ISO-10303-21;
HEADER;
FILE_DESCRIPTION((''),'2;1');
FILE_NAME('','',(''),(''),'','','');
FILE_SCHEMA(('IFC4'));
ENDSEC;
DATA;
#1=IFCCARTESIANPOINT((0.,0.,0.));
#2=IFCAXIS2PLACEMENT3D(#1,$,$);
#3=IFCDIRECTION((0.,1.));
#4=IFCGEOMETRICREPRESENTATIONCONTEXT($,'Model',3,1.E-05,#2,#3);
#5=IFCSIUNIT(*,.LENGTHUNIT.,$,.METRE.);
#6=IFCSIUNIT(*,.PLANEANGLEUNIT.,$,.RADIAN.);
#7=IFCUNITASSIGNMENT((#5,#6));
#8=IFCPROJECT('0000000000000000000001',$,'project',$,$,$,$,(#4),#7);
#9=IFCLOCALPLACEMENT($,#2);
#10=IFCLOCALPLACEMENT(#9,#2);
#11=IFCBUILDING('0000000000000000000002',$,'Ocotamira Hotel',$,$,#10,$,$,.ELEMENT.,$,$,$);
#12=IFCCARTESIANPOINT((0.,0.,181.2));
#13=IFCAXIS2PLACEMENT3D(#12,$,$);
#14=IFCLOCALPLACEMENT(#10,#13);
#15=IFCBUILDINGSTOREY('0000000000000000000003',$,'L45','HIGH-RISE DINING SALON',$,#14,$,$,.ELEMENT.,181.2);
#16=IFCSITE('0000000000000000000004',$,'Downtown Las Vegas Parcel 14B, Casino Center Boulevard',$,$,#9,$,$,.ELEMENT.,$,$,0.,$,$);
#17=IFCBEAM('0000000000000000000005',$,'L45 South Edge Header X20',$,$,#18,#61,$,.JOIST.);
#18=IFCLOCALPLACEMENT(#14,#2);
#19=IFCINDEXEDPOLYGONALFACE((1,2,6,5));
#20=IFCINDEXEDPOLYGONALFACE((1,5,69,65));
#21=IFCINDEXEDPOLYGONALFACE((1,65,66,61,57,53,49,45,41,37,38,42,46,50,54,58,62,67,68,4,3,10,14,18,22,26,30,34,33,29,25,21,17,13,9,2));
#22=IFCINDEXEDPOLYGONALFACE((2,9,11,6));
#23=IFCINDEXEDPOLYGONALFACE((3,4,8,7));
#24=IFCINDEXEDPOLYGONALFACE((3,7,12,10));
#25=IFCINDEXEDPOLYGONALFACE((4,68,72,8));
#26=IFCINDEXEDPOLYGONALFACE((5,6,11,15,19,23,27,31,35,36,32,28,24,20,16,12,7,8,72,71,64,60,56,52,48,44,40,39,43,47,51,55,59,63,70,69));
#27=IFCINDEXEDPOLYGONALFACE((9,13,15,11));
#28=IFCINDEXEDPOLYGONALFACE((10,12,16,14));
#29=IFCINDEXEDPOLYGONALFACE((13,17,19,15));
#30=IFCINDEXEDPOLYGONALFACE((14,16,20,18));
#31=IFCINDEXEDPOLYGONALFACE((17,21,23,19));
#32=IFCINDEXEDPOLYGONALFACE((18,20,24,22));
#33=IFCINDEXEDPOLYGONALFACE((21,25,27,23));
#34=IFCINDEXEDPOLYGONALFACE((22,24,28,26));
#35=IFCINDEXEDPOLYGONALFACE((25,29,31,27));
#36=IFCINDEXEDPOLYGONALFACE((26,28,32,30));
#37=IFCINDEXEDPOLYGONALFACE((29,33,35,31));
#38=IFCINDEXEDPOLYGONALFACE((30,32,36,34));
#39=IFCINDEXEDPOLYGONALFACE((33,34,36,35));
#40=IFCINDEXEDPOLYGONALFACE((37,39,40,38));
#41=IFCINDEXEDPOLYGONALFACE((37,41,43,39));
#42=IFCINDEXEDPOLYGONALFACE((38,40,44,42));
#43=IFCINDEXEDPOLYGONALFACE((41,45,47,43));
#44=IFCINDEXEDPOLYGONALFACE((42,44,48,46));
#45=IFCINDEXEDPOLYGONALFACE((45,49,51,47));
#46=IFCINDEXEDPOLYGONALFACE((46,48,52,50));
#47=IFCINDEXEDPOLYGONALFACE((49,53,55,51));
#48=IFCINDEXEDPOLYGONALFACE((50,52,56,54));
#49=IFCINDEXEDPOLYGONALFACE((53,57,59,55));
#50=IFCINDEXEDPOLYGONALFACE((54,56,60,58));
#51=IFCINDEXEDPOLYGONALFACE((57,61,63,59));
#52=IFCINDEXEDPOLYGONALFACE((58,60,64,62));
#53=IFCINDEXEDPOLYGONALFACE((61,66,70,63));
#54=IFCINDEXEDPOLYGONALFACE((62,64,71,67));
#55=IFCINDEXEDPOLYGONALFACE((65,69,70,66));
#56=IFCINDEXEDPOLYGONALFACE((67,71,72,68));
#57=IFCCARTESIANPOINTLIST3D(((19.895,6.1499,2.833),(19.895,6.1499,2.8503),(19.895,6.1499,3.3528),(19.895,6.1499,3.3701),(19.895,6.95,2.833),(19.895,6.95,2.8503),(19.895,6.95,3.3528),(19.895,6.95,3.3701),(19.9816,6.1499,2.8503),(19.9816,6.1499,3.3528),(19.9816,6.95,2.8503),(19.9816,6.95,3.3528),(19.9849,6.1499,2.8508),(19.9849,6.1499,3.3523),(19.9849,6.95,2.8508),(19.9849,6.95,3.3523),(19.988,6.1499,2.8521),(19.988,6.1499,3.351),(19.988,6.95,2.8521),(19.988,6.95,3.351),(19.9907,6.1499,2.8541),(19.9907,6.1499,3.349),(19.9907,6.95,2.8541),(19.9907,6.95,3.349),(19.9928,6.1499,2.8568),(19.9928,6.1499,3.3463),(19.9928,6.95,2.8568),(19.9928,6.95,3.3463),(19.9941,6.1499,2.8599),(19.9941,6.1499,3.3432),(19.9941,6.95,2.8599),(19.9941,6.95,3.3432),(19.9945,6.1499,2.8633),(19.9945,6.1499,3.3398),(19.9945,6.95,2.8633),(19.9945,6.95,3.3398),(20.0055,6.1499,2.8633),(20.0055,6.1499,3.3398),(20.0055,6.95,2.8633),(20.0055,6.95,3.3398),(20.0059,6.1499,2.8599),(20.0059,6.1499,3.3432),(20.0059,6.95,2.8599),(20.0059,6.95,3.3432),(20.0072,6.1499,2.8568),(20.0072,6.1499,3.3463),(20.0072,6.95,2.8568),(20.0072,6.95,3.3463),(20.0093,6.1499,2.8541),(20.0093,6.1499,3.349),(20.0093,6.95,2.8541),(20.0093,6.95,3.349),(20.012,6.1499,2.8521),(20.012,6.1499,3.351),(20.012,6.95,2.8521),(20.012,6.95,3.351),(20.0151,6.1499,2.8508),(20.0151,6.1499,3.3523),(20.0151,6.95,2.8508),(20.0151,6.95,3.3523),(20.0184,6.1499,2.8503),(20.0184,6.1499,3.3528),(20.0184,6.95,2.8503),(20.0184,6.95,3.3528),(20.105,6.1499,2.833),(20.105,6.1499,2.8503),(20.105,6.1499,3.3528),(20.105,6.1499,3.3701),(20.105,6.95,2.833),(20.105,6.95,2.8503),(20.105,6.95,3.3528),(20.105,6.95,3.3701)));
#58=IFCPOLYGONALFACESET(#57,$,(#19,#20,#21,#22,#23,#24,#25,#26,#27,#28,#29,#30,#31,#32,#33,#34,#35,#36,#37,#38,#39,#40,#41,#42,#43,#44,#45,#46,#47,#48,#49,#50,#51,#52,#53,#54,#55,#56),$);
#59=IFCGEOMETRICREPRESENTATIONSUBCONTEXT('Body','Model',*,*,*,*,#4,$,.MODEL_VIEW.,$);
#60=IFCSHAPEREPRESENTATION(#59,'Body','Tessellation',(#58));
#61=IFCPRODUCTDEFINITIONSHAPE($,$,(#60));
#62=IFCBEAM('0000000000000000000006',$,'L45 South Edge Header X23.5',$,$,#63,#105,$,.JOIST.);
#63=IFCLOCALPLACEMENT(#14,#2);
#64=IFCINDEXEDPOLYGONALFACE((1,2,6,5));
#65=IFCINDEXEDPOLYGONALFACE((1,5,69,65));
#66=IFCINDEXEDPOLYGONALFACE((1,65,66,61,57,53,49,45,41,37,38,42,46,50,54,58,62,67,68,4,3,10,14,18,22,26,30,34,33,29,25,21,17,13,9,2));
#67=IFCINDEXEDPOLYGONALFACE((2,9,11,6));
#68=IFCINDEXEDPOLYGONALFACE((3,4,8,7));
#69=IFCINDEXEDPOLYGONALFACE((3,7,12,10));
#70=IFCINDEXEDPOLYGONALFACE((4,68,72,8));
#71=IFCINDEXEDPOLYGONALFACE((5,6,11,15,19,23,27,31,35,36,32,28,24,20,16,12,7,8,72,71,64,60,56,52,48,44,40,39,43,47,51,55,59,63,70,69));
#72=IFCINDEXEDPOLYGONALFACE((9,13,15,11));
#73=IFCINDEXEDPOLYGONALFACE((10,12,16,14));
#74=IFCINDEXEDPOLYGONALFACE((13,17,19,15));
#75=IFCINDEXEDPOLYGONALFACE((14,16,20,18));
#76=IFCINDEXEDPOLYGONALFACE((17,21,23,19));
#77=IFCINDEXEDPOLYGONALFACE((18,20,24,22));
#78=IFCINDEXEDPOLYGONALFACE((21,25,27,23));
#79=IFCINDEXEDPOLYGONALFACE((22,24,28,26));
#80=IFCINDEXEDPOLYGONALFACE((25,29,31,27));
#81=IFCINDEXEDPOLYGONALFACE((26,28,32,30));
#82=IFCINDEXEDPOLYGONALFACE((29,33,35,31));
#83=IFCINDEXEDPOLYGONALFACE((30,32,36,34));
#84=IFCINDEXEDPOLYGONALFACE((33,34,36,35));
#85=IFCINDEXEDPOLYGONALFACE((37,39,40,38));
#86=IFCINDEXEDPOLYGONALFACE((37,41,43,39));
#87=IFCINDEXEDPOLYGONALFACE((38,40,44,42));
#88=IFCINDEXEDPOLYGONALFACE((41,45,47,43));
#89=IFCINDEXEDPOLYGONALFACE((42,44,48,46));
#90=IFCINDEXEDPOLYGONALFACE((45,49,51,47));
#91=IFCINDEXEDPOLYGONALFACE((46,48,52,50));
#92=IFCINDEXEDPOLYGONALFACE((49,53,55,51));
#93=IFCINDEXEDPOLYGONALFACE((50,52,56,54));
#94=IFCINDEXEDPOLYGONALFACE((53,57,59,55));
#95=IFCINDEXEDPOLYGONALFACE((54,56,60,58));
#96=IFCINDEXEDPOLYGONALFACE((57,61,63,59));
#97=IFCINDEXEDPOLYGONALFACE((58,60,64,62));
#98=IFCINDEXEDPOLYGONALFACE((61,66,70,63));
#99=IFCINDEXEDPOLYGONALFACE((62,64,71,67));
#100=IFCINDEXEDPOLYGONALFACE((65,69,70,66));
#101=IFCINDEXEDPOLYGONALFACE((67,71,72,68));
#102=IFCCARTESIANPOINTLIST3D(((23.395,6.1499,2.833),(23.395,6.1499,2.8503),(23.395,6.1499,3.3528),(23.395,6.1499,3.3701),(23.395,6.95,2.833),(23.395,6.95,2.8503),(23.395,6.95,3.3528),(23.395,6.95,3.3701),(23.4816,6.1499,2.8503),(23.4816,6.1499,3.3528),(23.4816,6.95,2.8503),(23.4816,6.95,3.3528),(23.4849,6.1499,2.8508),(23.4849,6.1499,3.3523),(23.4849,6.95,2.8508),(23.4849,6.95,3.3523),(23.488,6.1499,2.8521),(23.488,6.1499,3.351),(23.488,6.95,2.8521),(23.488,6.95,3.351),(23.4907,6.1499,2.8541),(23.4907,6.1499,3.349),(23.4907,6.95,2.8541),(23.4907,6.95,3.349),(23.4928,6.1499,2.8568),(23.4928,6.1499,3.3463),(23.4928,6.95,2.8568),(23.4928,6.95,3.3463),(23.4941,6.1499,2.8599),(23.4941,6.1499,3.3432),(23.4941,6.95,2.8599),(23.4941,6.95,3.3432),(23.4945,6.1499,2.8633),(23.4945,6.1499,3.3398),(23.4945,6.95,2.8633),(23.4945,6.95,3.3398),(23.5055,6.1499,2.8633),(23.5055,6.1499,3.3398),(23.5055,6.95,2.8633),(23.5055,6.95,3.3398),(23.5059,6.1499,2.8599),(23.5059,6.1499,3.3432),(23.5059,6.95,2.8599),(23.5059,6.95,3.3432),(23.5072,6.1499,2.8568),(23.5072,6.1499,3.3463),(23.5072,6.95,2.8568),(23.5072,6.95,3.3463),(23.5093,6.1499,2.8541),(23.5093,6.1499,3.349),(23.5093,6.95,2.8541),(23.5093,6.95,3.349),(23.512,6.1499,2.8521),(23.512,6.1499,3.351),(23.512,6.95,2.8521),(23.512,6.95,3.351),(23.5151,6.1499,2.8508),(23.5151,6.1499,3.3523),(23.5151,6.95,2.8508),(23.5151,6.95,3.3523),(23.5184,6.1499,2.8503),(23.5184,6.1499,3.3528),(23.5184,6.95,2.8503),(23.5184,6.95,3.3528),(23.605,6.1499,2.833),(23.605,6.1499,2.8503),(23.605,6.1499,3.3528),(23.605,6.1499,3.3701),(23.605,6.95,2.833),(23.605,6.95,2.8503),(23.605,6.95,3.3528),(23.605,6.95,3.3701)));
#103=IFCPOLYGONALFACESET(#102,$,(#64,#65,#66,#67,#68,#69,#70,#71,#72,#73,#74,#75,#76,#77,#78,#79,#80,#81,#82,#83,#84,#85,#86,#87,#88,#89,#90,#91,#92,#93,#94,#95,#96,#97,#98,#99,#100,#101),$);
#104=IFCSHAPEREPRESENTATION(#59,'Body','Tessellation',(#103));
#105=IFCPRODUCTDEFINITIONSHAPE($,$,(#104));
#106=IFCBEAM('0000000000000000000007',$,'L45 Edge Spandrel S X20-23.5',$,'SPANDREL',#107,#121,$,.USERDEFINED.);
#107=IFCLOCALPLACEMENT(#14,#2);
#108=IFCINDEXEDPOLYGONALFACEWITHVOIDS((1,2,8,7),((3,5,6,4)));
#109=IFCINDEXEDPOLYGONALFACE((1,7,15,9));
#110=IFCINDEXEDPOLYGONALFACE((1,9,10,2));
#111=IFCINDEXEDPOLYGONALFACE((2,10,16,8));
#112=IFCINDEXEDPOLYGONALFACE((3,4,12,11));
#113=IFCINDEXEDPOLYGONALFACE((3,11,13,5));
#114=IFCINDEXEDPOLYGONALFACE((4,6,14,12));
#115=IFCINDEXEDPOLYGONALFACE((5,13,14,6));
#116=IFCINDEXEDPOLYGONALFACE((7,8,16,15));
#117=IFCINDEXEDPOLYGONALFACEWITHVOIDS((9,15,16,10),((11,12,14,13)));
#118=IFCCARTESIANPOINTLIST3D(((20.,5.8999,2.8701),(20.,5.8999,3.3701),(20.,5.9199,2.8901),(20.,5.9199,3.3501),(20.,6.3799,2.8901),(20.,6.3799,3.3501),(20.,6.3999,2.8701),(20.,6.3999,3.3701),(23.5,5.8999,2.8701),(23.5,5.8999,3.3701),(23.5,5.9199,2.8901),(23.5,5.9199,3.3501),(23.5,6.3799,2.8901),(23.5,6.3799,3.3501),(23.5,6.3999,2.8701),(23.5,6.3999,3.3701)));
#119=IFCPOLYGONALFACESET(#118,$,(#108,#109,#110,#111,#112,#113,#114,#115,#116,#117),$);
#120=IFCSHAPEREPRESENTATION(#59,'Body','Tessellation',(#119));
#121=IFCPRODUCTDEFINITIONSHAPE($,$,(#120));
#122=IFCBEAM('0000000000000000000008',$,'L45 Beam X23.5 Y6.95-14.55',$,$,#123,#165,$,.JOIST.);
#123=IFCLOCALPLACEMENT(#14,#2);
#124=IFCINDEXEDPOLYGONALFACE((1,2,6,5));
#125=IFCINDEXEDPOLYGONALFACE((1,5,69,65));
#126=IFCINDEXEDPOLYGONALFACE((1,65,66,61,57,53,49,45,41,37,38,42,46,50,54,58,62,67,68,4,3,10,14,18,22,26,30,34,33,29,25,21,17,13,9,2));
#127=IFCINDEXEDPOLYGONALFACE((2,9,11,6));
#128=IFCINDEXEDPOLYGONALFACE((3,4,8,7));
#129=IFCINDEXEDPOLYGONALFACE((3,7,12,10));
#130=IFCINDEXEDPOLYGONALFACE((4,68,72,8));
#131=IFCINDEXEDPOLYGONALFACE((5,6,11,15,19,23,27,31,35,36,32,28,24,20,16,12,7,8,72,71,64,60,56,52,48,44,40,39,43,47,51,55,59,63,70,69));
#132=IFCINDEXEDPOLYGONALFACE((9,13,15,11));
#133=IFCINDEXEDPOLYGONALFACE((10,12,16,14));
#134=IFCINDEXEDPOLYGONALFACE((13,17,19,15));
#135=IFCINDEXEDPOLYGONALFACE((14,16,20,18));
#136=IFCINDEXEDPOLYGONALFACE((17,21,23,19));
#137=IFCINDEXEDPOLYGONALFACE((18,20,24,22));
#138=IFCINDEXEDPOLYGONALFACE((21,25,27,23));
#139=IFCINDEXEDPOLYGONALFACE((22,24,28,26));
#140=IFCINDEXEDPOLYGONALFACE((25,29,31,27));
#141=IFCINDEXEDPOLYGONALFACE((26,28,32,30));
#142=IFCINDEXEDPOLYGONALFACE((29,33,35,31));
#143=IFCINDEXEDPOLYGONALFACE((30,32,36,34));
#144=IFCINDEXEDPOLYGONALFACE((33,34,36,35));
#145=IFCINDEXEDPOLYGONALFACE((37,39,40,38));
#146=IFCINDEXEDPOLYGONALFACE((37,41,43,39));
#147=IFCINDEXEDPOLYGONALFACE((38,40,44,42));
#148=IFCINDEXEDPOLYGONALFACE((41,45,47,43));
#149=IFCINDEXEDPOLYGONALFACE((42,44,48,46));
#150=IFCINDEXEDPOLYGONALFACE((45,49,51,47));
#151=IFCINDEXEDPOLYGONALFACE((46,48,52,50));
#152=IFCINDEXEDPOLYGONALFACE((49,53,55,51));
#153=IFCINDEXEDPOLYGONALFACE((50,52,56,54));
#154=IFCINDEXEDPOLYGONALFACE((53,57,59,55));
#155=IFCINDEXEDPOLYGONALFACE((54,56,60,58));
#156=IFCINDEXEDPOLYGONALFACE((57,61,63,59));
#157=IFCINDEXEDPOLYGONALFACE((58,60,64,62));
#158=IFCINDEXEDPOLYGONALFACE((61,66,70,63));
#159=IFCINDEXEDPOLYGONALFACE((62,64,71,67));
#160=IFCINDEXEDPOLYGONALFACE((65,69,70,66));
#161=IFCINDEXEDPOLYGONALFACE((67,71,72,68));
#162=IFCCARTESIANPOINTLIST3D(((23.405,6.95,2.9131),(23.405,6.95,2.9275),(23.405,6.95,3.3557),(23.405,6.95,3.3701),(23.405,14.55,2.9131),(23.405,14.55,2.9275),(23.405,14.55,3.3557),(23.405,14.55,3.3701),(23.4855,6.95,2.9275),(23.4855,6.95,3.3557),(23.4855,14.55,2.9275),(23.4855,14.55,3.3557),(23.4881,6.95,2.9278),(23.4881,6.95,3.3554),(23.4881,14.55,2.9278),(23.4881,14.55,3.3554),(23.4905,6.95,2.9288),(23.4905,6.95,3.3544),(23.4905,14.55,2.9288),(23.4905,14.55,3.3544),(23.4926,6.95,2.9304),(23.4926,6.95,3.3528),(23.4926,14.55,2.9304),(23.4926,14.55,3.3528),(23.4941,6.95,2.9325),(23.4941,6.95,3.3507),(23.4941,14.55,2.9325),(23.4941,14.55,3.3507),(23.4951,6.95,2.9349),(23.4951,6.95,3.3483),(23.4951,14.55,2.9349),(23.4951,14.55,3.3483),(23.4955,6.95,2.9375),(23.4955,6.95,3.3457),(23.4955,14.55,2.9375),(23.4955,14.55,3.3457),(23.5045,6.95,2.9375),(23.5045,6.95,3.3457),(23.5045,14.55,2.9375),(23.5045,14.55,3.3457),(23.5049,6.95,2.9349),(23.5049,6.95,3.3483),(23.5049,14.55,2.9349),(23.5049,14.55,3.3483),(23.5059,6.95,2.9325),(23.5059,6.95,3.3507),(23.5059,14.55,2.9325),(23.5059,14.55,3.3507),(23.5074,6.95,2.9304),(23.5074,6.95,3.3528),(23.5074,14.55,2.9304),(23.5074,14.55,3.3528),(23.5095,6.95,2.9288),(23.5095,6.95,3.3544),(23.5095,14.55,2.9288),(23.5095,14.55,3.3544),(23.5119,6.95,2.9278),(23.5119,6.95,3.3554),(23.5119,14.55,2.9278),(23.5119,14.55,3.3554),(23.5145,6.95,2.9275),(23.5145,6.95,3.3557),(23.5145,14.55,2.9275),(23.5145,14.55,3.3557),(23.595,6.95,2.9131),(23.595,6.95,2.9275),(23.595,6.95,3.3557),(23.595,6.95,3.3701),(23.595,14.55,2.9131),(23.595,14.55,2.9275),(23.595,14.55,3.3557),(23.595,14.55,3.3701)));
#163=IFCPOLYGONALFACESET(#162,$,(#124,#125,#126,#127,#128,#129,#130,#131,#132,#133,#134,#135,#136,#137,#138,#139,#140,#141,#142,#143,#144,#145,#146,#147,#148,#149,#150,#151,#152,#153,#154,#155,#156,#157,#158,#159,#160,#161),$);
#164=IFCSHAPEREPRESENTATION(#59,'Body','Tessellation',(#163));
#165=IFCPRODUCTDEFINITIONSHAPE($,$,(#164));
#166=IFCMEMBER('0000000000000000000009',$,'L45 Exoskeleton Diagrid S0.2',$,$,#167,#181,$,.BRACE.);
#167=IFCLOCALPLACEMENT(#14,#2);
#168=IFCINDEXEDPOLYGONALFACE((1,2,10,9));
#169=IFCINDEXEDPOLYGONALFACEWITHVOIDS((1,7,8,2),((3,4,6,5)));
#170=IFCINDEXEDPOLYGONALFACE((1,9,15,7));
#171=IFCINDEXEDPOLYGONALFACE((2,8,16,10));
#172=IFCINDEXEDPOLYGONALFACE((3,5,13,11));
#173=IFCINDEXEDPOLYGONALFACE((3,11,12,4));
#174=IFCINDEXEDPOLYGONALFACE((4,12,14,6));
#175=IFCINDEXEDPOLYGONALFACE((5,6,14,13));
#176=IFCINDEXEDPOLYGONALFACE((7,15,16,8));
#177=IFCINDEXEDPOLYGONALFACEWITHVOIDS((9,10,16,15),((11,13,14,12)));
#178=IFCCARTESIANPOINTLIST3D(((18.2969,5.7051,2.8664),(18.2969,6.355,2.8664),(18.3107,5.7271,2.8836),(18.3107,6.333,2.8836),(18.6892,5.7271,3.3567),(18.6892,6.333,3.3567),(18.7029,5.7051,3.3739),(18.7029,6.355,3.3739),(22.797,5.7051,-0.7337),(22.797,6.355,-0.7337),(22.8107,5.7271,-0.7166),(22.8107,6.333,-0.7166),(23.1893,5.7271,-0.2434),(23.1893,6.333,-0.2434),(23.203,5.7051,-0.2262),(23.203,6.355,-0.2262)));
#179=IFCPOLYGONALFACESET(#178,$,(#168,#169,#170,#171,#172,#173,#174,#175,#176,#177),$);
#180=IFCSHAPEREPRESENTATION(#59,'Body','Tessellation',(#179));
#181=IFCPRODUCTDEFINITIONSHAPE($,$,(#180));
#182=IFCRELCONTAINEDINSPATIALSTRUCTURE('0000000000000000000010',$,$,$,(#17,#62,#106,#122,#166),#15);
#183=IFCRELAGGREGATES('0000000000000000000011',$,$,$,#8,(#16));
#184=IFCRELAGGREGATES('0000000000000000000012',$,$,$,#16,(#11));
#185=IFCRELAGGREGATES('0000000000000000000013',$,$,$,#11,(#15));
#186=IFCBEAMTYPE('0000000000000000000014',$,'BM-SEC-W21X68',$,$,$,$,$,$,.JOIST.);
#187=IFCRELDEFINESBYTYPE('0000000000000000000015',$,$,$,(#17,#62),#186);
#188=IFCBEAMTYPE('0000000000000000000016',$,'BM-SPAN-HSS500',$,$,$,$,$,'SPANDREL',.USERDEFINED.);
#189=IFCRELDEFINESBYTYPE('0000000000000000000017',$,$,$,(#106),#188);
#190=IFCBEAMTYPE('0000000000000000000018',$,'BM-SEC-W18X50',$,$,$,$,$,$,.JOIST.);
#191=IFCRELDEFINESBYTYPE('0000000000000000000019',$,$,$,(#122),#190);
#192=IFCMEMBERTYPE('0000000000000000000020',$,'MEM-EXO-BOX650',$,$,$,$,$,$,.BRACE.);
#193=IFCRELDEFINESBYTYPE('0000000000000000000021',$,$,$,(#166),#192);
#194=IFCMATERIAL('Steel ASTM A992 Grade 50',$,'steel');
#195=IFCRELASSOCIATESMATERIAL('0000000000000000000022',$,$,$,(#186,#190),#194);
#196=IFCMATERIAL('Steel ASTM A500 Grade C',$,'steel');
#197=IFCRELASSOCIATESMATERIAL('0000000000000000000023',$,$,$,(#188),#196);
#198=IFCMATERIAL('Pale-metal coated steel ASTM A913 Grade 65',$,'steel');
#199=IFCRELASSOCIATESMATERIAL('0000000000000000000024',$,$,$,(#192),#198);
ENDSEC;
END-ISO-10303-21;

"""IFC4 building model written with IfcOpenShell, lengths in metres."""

from ifc_helpers import new_model, si_unit, direction, frame, origin, origin_2d, place, context, subcontext, project, spatial, hollow_rectangle, i_section, extrude, source, transform, mapped, material, material_profile, profile_set, type_object, element, save


model = new_model("IFC4")

# Units and contexts
model_context = context("Model", 3, precision=1e-05, world=origin(), true_north=direction((0.0, 1.0)))
body_context = subcontext(model_context, "Body", "Model", "MODEL_VIEW")
ifc_project = project(units=[si_unit("LENGTHUNIT", "METRE"), si_unit("PLANEANGLEUNIT", "RADIAN")], contexts=[model_context])

# Site, building, storey
site_placement = place(None, origin())
site = spatial("IfcSite", under=ifc_project, at=site_placement, Name="Downtown Las Vegas Parcel 14B, Casino Center Boulevard", CompositionType="ELEMENT", RefElevation=0.0)
building_placement = place(site_placement, origin())
building = spatial("IfcBuilding", under=site, at=building_placement, Name="Ocotamira Hotel", CompositionType="ELEMENT")
storey_placement = place(building_placement, frame((0.0, 0.0, 181.2)))
storey = spatial("IfcBuildingStorey", under=building, at=storey_placement, Name="L45", Description="HIGH-RISE DINING SALON", CompositionType="ELEMENT", Elevation=181.2)

# Beams
ifc_material_1 = material(Name="Steel ASTM A992 Grade 50", Category="steel")
ifc_material_profile_1 = material_profile(ifc_material_1, i_section(OverallWidth=0.21, OverallDepth=0.5371, WebThickness=0.011, FlangeThickness=0.0173, FilletRadius=0.0129, at=origin_2d()), Name="W21X68")
ifc_profile_set_1 = profile_set([ifc_material_profile_1], Name="Steel ASTM A992 Grade 50")
beam_type_1 = type_object("IfcBeamType", Name="BM-SEC-W21X68", PredefinedType="JOIST", material=ifc_profile_set_1)
shared_shape_1 = source(origin(), body_context, "Body", "SweptSolid", [
    extrude(i_section(OverallWidth=0.21, OverallDepth=0.5371, WebThickness=0.011, FlangeThickness=0.0173, FilletRadius=0.0129, at=origin_2d()), origin(), (0.0, 0.0, 1.0), 0.8),
])
for number, where, z_axis, x_axis, name in (
    (1, (20.0, 6.95, 3.1016), (0.0, -1.0, 0.0), (1.0, 0.0, 0.0), "L45 South Edge Header X20"),
    (2, (23.5, 6.95, 3.1016), (0.0, -1.0, 0.0), (1.0, 0.0, 0.0), "L45 South Edge Header X23.5"),
):
    element("IfcBeam", number, at=place(storey_placement, frame(where, z_axis=z_axis, x_axis=x_axis)), inside=storey, type_object=beam_type_1, Name=name, PredefinedType="JOIST", context=body_context, shape_type="MappedRepresentation", body=[
        mapped(shared_shape_1, transform((0.0, 0.0, 0.0), scale=1.0)),
    ])
ifc_material_2 = material(Name="Steel ASTM A500 Grade C", Category="steel")
ifc_material_profile_2 = material_profile(ifc_material_2, hollow_rectangle(XDim=0.5, YDim=0.5, WallThickness=0.02, at=origin_2d()), Name="HSS500X500X20")
ifc_profile_set_2 = profile_set([ifc_material_profile_2], Name="Steel ASTM A500 Grade C")
beam_type_2 = type_object("IfcBeamType", Name="BM-SPAN-HSS500", ElementType="SPANDREL", PredefinedType="USERDEFINED", material=ifc_profile_set_2)
shared_shape_2 = source(origin(), body_context, "Body", "SweptSolid", [
    extrude(hollow_rectangle(XDim=0.5, YDim=0.5, WallThickness=0.02, at=origin_2d()), origin(), (0.0, 0.0, 1.0), 3.5),
])
beam_1_placement = place(storey_placement, frame((20.0, 6.1499, 3.1201), z_axis=(1.0, 0.0, 0.0), x_axis=(0.0, 1.0, 0.0)))
element("IfcBeam", 3, at=beam_1_placement, inside=storey, type_object=beam_type_2, Name="L45 Edge Spandrel S X20-23.5", ObjectType="SPANDREL", PredefinedType="USERDEFINED", context=body_context, shape_type="MappedRepresentation", body=[
    mapped(shared_shape_2, transform((0.0, 0.0, 0.0), scale=1.0)),
])
ifc_material_profile_3 = material_profile(ifc_material_1, i_section(OverallWidth=0.1899, OverallDepth=0.457, WebThickness=0.009, FlangeThickness=0.0144, FilletRadius=0.01, at=origin_2d()), Name="W18X50")
ifc_profile_set_3 = profile_set([ifc_material_profile_3], Name="Steel ASTM A992 Grade 50")
beam_type_3 = type_object("IfcBeamType", Name="BM-SEC-W18X50", PredefinedType="JOIST", material=ifc_profile_set_3)
shared_shape_3 = source(origin(), body_context, "Body", "SweptSolid", [
    extrude(i_section(OverallWidth=0.1899, OverallDepth=0.457, WebThickness=0.009, FlangeThickness=0.0144, FilletRadius=0.01, at=origin_2d()), origin(), (0.0, 0.0, 1.0), 7.6001),
])
beam_2_placement = place(storey_placement, frame((23.5, 6.95, 3.1416), z_axis=(0.0, 1.0, 0.0), x_axis=(-1.0, 0.0, 0.0)))
element("IfcBeam", 4, at=beam_2_placement, inside=storey, type_object=beam_type_3, Name="L45 Beam X23.5 Y6.95-14.55", PredefinedType="JOIST", context=body_context, shape_type="MappedRepresentation", body=[
    mapped(shared_shape_3, transform((0.0, 0.0, 0.0), scale=1.0)),
])

# Member
ifc_material_3 = material(Name="Pale-metal coated steel ASTM A913 Grade 65", Category="steel")
ifc_material_profile_4 = material_profile(ifc_material_3, hollow_rectangle(XDim=0.6499, YDim=0.6499, WallThickness=0.022, at=origin_2d()), Name="BOX650X650X22")
ifc_profile_set_4 = profile_set([ifc_material_profile_4], Name="Pale-metal coated steel ASTM A913 Grade 65")
member_type_1 = type_object("IfcMemberType", Name="MEM-EXO-BOX650", PredefinedType="BRACE", material=ifc_profile_set_4)
shared_shape_4 = source(origin(), body_context, "Body", "SweptSolid", [
    extrude(hollow_rectangle(XDim=0.6499, YDim=0.6499, WallThickness=0.022, at=origin_2d()), origin(), (0.0, 0.0, 1.0), 5.7629),
])
member_1_placement = place(storey_placement, frame((23.0, 6.03, -0.48), z_axis=(-0.780861, 0.0, 0.624705), x_axis=(0.0, -1.0, 0.0)))
element("IfcMember", 5, at=member_1_placement, inside=storey, type_object=member_type_1, Name="L45 Exoskeleton Diagrid S0.2", PredefinedType="BRACE", context=body_context, shape_type="MappedRepresentation", body=[
    mapped(shared_shape_4, transform((0.0, 0.0, 0.0), scale=1.0)),
])

save(model, "model.ifc")
